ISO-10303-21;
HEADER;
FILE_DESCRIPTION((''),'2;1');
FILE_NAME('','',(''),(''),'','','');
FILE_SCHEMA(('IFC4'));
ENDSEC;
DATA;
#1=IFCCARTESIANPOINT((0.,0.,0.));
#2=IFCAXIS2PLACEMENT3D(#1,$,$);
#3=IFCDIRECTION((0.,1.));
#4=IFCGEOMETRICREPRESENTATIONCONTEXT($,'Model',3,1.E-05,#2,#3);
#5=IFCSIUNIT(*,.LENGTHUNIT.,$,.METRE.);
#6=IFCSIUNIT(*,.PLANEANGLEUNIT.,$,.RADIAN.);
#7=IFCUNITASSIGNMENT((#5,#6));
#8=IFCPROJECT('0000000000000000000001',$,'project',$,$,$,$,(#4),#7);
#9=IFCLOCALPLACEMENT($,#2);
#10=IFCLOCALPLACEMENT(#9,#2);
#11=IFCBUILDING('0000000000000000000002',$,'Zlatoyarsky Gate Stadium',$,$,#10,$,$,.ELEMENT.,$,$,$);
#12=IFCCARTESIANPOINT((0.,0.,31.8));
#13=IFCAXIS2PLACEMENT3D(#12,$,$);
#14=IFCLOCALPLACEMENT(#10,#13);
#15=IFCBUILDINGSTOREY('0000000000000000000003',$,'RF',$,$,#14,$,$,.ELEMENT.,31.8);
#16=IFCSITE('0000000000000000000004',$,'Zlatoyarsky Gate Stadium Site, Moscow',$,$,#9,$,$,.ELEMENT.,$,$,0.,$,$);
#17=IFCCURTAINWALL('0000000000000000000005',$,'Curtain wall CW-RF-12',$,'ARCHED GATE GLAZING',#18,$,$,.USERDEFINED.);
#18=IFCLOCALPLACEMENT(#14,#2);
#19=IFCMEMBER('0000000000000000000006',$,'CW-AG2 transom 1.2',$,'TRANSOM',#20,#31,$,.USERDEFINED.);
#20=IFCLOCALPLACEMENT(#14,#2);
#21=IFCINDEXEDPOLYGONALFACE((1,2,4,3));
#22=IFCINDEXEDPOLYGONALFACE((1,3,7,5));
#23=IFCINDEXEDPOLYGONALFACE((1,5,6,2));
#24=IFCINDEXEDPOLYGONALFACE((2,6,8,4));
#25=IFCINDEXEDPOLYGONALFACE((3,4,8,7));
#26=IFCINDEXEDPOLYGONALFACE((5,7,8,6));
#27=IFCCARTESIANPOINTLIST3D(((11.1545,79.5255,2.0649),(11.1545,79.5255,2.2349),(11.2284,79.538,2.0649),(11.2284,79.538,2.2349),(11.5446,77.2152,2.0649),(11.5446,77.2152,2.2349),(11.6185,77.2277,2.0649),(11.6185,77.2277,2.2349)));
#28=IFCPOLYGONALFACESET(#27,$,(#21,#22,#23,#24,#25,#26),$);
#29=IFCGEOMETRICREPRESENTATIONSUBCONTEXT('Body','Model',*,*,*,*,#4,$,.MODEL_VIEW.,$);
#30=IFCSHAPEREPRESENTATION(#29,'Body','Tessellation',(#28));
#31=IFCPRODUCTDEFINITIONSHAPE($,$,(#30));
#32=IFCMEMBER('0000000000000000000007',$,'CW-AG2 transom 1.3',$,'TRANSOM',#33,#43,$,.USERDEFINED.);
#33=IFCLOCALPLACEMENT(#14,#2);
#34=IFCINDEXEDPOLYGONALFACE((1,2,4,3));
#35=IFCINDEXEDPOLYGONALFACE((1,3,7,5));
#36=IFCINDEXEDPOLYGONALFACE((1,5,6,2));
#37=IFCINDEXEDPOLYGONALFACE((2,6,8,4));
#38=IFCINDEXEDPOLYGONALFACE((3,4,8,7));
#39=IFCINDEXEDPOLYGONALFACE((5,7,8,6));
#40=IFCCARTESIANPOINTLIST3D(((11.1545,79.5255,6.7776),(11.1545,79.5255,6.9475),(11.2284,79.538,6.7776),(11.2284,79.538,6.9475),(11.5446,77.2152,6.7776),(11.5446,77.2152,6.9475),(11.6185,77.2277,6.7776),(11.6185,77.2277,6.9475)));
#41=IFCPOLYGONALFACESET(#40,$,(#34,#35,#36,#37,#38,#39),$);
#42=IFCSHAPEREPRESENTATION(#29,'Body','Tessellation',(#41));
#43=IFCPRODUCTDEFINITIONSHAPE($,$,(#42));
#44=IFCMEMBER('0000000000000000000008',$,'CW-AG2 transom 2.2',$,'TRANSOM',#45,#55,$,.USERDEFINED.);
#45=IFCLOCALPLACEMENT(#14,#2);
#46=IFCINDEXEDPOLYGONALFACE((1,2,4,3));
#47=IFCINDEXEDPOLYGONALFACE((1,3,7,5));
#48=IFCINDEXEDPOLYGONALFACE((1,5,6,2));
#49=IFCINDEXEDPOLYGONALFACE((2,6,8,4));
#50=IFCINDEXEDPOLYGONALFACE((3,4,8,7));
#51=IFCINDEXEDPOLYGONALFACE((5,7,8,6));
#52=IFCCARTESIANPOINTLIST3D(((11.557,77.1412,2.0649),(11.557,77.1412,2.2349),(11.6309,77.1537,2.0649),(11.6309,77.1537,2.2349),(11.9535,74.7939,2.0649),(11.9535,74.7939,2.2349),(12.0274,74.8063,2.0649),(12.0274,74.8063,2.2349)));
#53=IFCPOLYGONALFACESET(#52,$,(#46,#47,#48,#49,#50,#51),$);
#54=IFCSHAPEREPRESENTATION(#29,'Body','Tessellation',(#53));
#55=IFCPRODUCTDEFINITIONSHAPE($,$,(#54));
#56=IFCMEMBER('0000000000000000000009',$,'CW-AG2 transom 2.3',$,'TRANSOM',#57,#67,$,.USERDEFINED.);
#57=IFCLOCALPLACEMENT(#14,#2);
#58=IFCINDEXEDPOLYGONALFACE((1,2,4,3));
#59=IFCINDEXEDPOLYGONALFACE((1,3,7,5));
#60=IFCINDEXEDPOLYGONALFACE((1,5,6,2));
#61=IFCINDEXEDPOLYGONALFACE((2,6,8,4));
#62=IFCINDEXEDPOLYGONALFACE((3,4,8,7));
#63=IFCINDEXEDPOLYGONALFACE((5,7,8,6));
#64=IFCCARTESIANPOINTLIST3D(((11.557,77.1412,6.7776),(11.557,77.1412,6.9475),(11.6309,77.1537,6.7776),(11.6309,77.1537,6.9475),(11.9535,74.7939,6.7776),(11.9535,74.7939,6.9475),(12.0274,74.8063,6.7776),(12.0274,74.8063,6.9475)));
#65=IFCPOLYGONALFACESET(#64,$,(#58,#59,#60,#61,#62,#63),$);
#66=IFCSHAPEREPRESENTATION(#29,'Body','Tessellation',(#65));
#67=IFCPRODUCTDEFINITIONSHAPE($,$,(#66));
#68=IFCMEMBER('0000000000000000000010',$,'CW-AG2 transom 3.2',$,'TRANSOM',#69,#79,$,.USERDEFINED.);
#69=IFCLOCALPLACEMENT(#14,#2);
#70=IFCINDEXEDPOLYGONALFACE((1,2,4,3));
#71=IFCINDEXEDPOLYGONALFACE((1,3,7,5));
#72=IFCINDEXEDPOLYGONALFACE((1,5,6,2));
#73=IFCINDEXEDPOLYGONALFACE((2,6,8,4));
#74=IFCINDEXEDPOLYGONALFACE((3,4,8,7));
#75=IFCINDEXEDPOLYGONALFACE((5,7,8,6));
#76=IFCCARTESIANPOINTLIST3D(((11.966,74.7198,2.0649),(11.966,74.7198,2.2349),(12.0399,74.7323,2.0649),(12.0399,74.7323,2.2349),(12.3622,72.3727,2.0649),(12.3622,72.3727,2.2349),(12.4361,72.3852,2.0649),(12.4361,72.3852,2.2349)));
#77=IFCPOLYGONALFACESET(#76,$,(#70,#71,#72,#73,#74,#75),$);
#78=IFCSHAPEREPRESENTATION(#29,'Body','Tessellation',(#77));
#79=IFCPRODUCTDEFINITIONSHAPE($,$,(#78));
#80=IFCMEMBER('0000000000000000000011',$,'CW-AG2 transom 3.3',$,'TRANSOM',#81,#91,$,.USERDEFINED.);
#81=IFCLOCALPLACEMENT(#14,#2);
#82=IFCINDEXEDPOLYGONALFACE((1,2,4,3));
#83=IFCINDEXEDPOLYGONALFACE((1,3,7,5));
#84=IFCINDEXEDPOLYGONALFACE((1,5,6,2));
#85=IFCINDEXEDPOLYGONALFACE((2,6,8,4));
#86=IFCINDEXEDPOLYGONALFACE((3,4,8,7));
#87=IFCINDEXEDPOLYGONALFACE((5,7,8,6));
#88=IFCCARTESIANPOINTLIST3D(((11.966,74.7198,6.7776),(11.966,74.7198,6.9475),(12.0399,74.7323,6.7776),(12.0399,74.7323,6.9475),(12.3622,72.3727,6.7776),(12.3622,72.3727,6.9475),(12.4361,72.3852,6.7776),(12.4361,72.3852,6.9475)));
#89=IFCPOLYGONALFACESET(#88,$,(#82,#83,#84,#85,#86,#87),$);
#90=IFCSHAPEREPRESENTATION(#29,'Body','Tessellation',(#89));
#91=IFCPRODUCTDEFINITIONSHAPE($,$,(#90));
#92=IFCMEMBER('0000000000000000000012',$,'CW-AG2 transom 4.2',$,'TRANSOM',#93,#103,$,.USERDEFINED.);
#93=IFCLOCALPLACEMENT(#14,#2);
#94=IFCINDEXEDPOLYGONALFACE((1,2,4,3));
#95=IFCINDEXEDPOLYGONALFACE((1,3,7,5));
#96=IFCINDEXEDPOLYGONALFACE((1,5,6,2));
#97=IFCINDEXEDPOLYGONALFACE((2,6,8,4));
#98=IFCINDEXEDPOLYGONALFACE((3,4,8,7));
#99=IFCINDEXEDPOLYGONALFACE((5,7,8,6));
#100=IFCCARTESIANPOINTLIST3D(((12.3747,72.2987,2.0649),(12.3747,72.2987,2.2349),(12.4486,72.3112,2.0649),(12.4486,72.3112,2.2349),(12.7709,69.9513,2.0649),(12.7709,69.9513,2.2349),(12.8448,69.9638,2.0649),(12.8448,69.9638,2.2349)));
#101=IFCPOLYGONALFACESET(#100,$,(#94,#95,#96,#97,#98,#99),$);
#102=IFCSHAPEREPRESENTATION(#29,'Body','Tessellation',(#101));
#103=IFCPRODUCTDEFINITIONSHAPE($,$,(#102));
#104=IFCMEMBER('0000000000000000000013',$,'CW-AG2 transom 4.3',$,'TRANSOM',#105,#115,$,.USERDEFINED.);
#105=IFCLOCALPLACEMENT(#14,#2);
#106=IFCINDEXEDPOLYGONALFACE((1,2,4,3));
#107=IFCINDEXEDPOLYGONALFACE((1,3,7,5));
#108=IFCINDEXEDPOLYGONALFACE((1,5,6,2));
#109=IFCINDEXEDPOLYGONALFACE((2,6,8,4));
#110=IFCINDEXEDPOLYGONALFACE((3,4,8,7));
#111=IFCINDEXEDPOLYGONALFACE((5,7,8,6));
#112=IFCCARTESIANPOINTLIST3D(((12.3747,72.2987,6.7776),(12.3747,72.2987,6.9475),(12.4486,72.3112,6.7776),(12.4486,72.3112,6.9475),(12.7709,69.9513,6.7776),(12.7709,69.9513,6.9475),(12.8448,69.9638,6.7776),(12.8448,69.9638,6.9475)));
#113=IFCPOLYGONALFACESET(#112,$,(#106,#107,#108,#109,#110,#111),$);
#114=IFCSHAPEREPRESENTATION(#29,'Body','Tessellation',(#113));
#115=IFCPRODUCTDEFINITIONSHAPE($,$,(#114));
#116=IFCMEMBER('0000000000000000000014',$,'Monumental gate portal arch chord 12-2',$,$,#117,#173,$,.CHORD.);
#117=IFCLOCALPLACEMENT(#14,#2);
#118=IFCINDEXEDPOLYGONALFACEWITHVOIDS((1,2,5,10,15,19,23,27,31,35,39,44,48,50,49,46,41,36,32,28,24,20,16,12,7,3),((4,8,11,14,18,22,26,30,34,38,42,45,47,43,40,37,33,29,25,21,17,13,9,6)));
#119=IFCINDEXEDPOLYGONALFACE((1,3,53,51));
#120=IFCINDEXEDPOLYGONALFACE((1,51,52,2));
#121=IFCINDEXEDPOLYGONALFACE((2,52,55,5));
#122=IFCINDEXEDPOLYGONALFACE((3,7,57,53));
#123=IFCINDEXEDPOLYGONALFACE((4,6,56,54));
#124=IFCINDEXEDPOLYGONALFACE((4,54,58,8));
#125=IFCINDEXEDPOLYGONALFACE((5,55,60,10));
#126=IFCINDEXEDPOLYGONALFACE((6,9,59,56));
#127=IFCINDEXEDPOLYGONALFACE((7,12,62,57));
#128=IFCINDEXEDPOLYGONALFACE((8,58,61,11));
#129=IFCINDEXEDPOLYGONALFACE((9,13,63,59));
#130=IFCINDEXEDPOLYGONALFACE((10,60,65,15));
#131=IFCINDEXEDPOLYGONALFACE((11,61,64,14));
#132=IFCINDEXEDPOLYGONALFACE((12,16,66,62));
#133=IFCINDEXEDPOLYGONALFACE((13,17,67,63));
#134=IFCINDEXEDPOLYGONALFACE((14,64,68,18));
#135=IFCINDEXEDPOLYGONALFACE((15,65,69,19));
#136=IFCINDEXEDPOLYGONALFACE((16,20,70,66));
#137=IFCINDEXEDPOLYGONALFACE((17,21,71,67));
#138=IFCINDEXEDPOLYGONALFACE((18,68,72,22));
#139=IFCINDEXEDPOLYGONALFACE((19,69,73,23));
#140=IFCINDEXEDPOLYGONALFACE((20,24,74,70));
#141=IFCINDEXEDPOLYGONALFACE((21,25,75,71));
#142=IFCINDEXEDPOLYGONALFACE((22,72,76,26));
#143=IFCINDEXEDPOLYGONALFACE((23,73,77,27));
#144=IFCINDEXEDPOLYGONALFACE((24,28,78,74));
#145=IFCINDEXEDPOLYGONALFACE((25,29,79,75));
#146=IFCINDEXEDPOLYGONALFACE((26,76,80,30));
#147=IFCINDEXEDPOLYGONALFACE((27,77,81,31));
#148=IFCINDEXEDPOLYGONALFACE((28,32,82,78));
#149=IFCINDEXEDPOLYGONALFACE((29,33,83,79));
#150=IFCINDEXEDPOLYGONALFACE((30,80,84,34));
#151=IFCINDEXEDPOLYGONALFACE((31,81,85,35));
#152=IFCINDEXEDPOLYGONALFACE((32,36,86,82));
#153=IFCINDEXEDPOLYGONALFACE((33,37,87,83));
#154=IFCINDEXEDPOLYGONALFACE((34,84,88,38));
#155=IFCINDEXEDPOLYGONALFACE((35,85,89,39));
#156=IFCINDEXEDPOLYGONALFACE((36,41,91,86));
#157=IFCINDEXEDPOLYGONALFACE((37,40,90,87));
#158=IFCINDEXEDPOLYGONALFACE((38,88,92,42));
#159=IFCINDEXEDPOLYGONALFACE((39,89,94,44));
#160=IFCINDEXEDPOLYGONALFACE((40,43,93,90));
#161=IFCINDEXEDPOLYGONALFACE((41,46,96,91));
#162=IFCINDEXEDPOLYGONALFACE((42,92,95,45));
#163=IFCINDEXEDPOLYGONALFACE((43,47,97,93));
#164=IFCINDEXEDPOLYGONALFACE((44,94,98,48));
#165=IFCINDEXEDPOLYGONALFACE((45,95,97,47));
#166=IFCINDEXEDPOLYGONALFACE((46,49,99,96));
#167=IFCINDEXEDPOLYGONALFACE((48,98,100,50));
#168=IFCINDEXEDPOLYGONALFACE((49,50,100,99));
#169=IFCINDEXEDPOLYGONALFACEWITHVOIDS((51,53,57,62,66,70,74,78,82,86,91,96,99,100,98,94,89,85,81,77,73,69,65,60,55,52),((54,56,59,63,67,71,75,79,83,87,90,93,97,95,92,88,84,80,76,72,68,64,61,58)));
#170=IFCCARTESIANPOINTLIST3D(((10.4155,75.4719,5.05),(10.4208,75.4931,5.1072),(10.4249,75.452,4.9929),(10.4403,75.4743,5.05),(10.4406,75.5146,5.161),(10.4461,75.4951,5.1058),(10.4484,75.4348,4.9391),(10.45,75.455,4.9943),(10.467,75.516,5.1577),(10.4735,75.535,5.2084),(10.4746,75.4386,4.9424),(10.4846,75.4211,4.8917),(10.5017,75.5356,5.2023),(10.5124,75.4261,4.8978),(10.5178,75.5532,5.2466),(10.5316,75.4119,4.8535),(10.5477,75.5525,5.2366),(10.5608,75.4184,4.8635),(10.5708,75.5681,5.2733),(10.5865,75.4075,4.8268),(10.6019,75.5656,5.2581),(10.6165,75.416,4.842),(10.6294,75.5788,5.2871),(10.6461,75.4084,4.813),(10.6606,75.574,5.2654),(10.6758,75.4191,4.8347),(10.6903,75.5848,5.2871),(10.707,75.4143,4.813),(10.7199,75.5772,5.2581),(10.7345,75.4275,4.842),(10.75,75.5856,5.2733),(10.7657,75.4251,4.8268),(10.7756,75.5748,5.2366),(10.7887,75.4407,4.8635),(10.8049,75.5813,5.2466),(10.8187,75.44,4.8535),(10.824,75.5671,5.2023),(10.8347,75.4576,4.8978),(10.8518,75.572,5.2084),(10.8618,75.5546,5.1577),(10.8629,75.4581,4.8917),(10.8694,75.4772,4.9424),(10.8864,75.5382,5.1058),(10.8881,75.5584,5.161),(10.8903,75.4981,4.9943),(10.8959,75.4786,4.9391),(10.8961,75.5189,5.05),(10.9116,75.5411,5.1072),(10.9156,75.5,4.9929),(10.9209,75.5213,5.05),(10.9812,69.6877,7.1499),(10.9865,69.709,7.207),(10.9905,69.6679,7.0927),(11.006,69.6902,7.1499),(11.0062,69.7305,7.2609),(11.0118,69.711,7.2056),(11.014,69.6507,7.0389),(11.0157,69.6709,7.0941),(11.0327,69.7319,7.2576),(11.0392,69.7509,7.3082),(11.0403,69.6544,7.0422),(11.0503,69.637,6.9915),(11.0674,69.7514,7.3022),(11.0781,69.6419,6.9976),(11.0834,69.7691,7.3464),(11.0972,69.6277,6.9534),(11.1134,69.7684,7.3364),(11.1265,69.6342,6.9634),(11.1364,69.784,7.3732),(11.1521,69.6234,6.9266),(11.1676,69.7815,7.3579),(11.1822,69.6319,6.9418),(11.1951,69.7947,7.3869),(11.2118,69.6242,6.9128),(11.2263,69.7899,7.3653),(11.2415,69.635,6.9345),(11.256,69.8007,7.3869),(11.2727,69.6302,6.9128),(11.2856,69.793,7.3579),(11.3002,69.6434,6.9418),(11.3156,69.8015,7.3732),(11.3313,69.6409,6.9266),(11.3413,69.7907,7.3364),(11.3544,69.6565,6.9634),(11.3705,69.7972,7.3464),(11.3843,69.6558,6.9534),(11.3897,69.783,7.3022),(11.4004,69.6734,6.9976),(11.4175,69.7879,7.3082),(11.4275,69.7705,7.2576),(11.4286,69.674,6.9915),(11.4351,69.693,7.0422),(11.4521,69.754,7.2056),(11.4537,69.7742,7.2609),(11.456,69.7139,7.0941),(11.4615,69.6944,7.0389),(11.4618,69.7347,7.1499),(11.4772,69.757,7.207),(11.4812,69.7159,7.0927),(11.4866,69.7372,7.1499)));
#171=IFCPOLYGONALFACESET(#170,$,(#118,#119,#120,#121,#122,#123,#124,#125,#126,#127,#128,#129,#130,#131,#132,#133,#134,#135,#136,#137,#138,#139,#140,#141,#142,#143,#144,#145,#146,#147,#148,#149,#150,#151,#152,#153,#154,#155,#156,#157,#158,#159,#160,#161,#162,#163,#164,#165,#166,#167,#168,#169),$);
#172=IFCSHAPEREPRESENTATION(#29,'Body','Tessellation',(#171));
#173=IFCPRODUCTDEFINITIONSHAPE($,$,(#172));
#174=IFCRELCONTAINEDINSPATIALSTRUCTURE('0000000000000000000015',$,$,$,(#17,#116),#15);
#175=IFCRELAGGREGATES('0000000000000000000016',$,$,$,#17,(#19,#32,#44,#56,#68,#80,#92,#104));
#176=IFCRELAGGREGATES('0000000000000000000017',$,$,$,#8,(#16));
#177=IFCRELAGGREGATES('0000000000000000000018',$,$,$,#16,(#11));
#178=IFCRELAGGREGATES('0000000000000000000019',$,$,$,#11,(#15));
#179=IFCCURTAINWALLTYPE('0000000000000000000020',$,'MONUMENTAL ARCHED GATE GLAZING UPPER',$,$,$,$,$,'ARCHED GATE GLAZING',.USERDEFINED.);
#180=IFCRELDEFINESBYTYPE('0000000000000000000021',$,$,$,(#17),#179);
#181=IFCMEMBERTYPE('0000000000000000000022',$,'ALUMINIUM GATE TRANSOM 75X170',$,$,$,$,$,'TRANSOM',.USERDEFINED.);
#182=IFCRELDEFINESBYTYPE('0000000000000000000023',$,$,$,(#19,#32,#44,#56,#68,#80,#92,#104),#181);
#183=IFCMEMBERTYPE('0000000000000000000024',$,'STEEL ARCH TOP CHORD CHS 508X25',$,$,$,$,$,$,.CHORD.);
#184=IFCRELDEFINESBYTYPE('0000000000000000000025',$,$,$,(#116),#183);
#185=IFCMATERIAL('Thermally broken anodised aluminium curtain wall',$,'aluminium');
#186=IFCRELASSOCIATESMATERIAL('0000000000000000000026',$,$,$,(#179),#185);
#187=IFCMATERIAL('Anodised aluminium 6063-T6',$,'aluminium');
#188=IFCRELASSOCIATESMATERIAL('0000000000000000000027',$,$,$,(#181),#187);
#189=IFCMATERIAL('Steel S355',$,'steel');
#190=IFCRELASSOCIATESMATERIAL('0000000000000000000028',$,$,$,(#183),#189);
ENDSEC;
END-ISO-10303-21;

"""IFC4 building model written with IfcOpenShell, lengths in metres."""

from ifc_helpers import new_model, si_unit, direction, frame, origin, origin_2d, place, context, subcontext, project, spatial, rectangle, hollow_circle, extrude, material, material_profile, profile_set, type_object, element, aggregate, save


model = new_model("IFC4")

# Units and contexts
model_context = context("Model", 3, precision=1e-05, world=origin(), true_north=direction((0.0, 1.0)))
body_context = subcontext(model_context, "Body", "Model", "MODEL_VIEW")
ifc_project = project(units=[si_unit("LENGTHUNIT", "METRE"), si_unit("PLANEANGLEUNIT", "RADIAN")], contexts=[model_context])

# Site, building, storey
site_placement = place(None, origin())
site = spatial("IfcSite", under=ifc_project, at=site_placement, Name="Zlatoyarsky Gate Stadium Site, Moscow", CompositionType="ELEMENT", RefElevation=0.0)
building_placement = place(site_placement, origin())
building = spatial("IfcBuilding", under=site, at=building_placement, Name="Zlatoyarsky Gate Stadium", CompositionType="ELEMENT")
storey_placement = place(building_placement, frame((0.0, 0.0, 31.8)))
storey = spatial("IfcBuildingStorey", under=building, at=storey_placement, Name="RF", CompositionType="ELEMENT", Elevation=31.8)

# Curtain wall, members
ifc_material_1 = material(Name="Thermally broken anodised aluminium curtain wall", Category="aluminium")
curtain_wall_type = type_object("IfcCurtainWallType", Name="MONUMENTAL ARCHED GATE GLAZING UPPER", ElementType="ARCHED GATE GLAZING", PredefinedType="USERDEFINED", material=ifc_material_1)
curtain_wall_placement = place(storey_placement, origin())
curtain_wall = element("IfcCurtainWall", 1, at=curtain_wall_placement, inside=storey, type_object=curtain_wall_type, Name="Curtain wall CW-RF-12", ObjectType="ARCHED GATE GLAZING", PredefinedType="USERDEFINED")
ifc_material_2 = material(Name="Anodised aluminium 6063-T6", Category="aluminium")
ifc_material_profile_1 = material_profile(ifc_material_2, rectangle(XDim=0.075, YDim=0.1699, at=origin_2d()), Name="ALU 75X170")
ifc_profile_set_1 = profile_set([ifc_material_profile_1], Name="Anodised aluminium 6063-T6")
member_type_1 = type_object("IfcMemberType", Name="ALUMINIUM GATE TRANSOM 75X170", ElementType="TRANSOM", PredefinedType="USERDEFINED", material=ifc_profile_set_1)
member_1_placement = place(storey_placement, frame((11.1914, 79.5317, 2.1499), z_axis=(0.166511, -0.98604, 0.0), x_axis=(0.98604, 0.166511, 0.0)))
member_1 = element("IfcMember", 2, at=member_1_placement, type_object=member_type_1, Name="CW-AG2 transom 1.2", ObjectType="TRANSOM", PredefinedType="USERDEFINED", context=body_context, shape_type="SweptSolid", body=[
    extrude(rectangle(XDim=0.075, YDim=0.1699, at=origin_2d()), origin(), (0.0, 0.0, 1.0), 2.343),
])
member_2_placement = place(storey_placement, frame((11.1914, 79.5317, 6.8625), z_axis=(0.166511, -0.98604, 0.0), x_axis=(0.98604, 0.166511, 0.0)))
member_2 = element("IfcMember", 3, at=member_2_placement, type_object=member_type_1, Name="CW-AG2 transom 1.3", ObjectType="TRANSOM", PredefinedType="USERDEFINED", context=body_context, shape_type="SweptSolid", body=[
    extrude(rectangle(XDim=0.075, YDim=0.1699, at=origin_2d()), origin(), (0.0, 0.0, 1.0), 2.343),
])
member_3_placement = place(storey_placement, frame((11.594, 77.1475, 2.1499), z_axis=(0.166544, -0.986034, 0.0), x_axis=(0.986034, 0.166544, 0.0)))
member_3 = element("IfcMember", 4, at=member_3_placement, type_object=member_type_1, Name="CW-AG2 transom 2.2", ObjectType="TRANSOM", PredefinedType="USERDEFINED", context=body_context, shape_type="SweptSolid", body=[
    extrude(rectangle(XDim=0.075, YDim=0.1699, at=origin_2d()), origin(), (0.0, 0.0, 1.0), 2.3806),
])
member_4_placement = place(storey_placement, frame((11.594, 77.1475, 6.8625), z_axis=(0.166544, -0.986034, 0.0), x_axis=(0.986034, 0.166544, 0.0)))
member_4 = element("IfcMember", 5, at=member_4_placement, type_object=member_type_1, Name="CW-AG2 transom 2.3", ObjectType="TRANSOM", PredefinedType="USERDEFINED", context=body_context, shape_type="SweptSolid", body=[
    extrude(rectangle(XDim=0.075, YDim=0.1699, at=origin_2d()), origin(), (0.0, 0.0, 1.0), 2.3806),
])
member_5_placement = place(storey_placement, frame((12.0029, 74.7261, 2.1499), z_axis=(0.166461, -0.986048, 0.0), x_axis=(0.986048, 0.166461, 0.0)))
member_5 = element("IfcMember", 6, at=member_5_placement, type_object=member_type_1, Name="CW-AG2 transom 3.2", ObjectType="TRANSOM", PredefinedType="USERDEFINED", context=body_context, shape_type="SweptSolid", body=[
    extrude(rectangle(XDim=0.075, YDim=0.1699, at=origin_2d()), origin(), (0.0, 0.0, 1.0), 2.3804),
])
member_6_placement = place(storey_placement, frame((12.0029, 74.7261, 6.8625), z_axis=(0.166461, -0.986048, 0.0), x_axis=(0.986048, 0.166461, 0.0)))
member_6 = element("IfcMember", 7, at=member_6_placement, type_object=member_type_1, Name="CW-AG2 transom 3.3", ObjectType="TRANSOM", PredefinedType="USERDEFINED", context=body_context, shape_type="SweptSolid", body=[
    extrude(rectangle(XDim=0.075, YDim=0.1699, at=origin_2d()), origin(), (0.0, 0.0, 1.0), 2.3804),
])
member_7_placement = place(storey_placement, frame((12.4116, 72.3049, 2.1499), z_axis=(0.166444, -0.986051, 0.0), x_axis=(0.986051, 0.166444, 0.0)))
member_7 = element("IfcMember", 8, at=member_7_placement, type_object=member_type_1, Name="CW-AG2 transom 4.2", ObjectType="TRANSOM", PredefinedType="USERDEFINED", context=body_context, shape_type="SweptSolid", body=[
    extrude(rectangle(XDim=0.075, YDim=0.1699, at=origin_2d()), origin(), (0.0, 0.0, 1.0), 2.3806),
])
member_8_placement = place(storey_placement, frame((12.4116, 72.3049, 6.8625), z_axis=(0.166444, -0.986051, 0.0), x_axis=(0.986051, 0.166444, 0.0)))
member_8 = element("IfcMember", 9, at=member_8_placement, type_object=member_type_1, Name="CW-AG2 transom 4.3", ObjectType="TRANSOM", PredefinedType="USERDEFINED", context=body_context, shape_type="SweptSolid", body=[
    extrude(rectangle(XDim=0.075, YDim=0.1699, at=origin_2d()), origin(), (0.0, 0.0, 1.0), 2.3806),
])

# Member
ifc_material_3 = material(Name="Steel S355", Category="steel")
ifc_material_profile_2 = material_profile(ifc_material_3, hollow_circle(Radius=0.2539, WallThickness=0.0249, at=origin_2d()), Name="CHS 508X25")
ifc_profile_set_2 = profile_set([ifc_material_profile_2], Name="Steel S355")
member_type_2 = type_object("IfcMemberType", Name="STEEL ARCH TOP CHORD CHS 508X25", PredefinedType="CHORD", material=ifc_profile_set_2)
member_9_placement = place(storey_placement, frame((10.6682, 75.4966, 5.05), z_axis=(0.091541, -0.936029, 0.33981), x_axis=(0.995252, 0.097332, 0.0)))
element("IfcMember", 10, at=member_9_placement, inside=storey, type_object=member_type_2, Name="Monumental gate portal arch chord 12-2", PredefinedType="CHORD", context=body_context, shape_type="SweptSolid", body=[
    extrude(hollow_circle(Radius=0.2539, WallThickness=0.0249, at=origin_2d()), origin(), (0.0, 0.0, 1.0), 6.1794),
])

aggregate(curtain_wall, [member_1, member_2, member_3, member_4, member_5, member_6, member_7, member_8])

save(model, "model.ifc")
